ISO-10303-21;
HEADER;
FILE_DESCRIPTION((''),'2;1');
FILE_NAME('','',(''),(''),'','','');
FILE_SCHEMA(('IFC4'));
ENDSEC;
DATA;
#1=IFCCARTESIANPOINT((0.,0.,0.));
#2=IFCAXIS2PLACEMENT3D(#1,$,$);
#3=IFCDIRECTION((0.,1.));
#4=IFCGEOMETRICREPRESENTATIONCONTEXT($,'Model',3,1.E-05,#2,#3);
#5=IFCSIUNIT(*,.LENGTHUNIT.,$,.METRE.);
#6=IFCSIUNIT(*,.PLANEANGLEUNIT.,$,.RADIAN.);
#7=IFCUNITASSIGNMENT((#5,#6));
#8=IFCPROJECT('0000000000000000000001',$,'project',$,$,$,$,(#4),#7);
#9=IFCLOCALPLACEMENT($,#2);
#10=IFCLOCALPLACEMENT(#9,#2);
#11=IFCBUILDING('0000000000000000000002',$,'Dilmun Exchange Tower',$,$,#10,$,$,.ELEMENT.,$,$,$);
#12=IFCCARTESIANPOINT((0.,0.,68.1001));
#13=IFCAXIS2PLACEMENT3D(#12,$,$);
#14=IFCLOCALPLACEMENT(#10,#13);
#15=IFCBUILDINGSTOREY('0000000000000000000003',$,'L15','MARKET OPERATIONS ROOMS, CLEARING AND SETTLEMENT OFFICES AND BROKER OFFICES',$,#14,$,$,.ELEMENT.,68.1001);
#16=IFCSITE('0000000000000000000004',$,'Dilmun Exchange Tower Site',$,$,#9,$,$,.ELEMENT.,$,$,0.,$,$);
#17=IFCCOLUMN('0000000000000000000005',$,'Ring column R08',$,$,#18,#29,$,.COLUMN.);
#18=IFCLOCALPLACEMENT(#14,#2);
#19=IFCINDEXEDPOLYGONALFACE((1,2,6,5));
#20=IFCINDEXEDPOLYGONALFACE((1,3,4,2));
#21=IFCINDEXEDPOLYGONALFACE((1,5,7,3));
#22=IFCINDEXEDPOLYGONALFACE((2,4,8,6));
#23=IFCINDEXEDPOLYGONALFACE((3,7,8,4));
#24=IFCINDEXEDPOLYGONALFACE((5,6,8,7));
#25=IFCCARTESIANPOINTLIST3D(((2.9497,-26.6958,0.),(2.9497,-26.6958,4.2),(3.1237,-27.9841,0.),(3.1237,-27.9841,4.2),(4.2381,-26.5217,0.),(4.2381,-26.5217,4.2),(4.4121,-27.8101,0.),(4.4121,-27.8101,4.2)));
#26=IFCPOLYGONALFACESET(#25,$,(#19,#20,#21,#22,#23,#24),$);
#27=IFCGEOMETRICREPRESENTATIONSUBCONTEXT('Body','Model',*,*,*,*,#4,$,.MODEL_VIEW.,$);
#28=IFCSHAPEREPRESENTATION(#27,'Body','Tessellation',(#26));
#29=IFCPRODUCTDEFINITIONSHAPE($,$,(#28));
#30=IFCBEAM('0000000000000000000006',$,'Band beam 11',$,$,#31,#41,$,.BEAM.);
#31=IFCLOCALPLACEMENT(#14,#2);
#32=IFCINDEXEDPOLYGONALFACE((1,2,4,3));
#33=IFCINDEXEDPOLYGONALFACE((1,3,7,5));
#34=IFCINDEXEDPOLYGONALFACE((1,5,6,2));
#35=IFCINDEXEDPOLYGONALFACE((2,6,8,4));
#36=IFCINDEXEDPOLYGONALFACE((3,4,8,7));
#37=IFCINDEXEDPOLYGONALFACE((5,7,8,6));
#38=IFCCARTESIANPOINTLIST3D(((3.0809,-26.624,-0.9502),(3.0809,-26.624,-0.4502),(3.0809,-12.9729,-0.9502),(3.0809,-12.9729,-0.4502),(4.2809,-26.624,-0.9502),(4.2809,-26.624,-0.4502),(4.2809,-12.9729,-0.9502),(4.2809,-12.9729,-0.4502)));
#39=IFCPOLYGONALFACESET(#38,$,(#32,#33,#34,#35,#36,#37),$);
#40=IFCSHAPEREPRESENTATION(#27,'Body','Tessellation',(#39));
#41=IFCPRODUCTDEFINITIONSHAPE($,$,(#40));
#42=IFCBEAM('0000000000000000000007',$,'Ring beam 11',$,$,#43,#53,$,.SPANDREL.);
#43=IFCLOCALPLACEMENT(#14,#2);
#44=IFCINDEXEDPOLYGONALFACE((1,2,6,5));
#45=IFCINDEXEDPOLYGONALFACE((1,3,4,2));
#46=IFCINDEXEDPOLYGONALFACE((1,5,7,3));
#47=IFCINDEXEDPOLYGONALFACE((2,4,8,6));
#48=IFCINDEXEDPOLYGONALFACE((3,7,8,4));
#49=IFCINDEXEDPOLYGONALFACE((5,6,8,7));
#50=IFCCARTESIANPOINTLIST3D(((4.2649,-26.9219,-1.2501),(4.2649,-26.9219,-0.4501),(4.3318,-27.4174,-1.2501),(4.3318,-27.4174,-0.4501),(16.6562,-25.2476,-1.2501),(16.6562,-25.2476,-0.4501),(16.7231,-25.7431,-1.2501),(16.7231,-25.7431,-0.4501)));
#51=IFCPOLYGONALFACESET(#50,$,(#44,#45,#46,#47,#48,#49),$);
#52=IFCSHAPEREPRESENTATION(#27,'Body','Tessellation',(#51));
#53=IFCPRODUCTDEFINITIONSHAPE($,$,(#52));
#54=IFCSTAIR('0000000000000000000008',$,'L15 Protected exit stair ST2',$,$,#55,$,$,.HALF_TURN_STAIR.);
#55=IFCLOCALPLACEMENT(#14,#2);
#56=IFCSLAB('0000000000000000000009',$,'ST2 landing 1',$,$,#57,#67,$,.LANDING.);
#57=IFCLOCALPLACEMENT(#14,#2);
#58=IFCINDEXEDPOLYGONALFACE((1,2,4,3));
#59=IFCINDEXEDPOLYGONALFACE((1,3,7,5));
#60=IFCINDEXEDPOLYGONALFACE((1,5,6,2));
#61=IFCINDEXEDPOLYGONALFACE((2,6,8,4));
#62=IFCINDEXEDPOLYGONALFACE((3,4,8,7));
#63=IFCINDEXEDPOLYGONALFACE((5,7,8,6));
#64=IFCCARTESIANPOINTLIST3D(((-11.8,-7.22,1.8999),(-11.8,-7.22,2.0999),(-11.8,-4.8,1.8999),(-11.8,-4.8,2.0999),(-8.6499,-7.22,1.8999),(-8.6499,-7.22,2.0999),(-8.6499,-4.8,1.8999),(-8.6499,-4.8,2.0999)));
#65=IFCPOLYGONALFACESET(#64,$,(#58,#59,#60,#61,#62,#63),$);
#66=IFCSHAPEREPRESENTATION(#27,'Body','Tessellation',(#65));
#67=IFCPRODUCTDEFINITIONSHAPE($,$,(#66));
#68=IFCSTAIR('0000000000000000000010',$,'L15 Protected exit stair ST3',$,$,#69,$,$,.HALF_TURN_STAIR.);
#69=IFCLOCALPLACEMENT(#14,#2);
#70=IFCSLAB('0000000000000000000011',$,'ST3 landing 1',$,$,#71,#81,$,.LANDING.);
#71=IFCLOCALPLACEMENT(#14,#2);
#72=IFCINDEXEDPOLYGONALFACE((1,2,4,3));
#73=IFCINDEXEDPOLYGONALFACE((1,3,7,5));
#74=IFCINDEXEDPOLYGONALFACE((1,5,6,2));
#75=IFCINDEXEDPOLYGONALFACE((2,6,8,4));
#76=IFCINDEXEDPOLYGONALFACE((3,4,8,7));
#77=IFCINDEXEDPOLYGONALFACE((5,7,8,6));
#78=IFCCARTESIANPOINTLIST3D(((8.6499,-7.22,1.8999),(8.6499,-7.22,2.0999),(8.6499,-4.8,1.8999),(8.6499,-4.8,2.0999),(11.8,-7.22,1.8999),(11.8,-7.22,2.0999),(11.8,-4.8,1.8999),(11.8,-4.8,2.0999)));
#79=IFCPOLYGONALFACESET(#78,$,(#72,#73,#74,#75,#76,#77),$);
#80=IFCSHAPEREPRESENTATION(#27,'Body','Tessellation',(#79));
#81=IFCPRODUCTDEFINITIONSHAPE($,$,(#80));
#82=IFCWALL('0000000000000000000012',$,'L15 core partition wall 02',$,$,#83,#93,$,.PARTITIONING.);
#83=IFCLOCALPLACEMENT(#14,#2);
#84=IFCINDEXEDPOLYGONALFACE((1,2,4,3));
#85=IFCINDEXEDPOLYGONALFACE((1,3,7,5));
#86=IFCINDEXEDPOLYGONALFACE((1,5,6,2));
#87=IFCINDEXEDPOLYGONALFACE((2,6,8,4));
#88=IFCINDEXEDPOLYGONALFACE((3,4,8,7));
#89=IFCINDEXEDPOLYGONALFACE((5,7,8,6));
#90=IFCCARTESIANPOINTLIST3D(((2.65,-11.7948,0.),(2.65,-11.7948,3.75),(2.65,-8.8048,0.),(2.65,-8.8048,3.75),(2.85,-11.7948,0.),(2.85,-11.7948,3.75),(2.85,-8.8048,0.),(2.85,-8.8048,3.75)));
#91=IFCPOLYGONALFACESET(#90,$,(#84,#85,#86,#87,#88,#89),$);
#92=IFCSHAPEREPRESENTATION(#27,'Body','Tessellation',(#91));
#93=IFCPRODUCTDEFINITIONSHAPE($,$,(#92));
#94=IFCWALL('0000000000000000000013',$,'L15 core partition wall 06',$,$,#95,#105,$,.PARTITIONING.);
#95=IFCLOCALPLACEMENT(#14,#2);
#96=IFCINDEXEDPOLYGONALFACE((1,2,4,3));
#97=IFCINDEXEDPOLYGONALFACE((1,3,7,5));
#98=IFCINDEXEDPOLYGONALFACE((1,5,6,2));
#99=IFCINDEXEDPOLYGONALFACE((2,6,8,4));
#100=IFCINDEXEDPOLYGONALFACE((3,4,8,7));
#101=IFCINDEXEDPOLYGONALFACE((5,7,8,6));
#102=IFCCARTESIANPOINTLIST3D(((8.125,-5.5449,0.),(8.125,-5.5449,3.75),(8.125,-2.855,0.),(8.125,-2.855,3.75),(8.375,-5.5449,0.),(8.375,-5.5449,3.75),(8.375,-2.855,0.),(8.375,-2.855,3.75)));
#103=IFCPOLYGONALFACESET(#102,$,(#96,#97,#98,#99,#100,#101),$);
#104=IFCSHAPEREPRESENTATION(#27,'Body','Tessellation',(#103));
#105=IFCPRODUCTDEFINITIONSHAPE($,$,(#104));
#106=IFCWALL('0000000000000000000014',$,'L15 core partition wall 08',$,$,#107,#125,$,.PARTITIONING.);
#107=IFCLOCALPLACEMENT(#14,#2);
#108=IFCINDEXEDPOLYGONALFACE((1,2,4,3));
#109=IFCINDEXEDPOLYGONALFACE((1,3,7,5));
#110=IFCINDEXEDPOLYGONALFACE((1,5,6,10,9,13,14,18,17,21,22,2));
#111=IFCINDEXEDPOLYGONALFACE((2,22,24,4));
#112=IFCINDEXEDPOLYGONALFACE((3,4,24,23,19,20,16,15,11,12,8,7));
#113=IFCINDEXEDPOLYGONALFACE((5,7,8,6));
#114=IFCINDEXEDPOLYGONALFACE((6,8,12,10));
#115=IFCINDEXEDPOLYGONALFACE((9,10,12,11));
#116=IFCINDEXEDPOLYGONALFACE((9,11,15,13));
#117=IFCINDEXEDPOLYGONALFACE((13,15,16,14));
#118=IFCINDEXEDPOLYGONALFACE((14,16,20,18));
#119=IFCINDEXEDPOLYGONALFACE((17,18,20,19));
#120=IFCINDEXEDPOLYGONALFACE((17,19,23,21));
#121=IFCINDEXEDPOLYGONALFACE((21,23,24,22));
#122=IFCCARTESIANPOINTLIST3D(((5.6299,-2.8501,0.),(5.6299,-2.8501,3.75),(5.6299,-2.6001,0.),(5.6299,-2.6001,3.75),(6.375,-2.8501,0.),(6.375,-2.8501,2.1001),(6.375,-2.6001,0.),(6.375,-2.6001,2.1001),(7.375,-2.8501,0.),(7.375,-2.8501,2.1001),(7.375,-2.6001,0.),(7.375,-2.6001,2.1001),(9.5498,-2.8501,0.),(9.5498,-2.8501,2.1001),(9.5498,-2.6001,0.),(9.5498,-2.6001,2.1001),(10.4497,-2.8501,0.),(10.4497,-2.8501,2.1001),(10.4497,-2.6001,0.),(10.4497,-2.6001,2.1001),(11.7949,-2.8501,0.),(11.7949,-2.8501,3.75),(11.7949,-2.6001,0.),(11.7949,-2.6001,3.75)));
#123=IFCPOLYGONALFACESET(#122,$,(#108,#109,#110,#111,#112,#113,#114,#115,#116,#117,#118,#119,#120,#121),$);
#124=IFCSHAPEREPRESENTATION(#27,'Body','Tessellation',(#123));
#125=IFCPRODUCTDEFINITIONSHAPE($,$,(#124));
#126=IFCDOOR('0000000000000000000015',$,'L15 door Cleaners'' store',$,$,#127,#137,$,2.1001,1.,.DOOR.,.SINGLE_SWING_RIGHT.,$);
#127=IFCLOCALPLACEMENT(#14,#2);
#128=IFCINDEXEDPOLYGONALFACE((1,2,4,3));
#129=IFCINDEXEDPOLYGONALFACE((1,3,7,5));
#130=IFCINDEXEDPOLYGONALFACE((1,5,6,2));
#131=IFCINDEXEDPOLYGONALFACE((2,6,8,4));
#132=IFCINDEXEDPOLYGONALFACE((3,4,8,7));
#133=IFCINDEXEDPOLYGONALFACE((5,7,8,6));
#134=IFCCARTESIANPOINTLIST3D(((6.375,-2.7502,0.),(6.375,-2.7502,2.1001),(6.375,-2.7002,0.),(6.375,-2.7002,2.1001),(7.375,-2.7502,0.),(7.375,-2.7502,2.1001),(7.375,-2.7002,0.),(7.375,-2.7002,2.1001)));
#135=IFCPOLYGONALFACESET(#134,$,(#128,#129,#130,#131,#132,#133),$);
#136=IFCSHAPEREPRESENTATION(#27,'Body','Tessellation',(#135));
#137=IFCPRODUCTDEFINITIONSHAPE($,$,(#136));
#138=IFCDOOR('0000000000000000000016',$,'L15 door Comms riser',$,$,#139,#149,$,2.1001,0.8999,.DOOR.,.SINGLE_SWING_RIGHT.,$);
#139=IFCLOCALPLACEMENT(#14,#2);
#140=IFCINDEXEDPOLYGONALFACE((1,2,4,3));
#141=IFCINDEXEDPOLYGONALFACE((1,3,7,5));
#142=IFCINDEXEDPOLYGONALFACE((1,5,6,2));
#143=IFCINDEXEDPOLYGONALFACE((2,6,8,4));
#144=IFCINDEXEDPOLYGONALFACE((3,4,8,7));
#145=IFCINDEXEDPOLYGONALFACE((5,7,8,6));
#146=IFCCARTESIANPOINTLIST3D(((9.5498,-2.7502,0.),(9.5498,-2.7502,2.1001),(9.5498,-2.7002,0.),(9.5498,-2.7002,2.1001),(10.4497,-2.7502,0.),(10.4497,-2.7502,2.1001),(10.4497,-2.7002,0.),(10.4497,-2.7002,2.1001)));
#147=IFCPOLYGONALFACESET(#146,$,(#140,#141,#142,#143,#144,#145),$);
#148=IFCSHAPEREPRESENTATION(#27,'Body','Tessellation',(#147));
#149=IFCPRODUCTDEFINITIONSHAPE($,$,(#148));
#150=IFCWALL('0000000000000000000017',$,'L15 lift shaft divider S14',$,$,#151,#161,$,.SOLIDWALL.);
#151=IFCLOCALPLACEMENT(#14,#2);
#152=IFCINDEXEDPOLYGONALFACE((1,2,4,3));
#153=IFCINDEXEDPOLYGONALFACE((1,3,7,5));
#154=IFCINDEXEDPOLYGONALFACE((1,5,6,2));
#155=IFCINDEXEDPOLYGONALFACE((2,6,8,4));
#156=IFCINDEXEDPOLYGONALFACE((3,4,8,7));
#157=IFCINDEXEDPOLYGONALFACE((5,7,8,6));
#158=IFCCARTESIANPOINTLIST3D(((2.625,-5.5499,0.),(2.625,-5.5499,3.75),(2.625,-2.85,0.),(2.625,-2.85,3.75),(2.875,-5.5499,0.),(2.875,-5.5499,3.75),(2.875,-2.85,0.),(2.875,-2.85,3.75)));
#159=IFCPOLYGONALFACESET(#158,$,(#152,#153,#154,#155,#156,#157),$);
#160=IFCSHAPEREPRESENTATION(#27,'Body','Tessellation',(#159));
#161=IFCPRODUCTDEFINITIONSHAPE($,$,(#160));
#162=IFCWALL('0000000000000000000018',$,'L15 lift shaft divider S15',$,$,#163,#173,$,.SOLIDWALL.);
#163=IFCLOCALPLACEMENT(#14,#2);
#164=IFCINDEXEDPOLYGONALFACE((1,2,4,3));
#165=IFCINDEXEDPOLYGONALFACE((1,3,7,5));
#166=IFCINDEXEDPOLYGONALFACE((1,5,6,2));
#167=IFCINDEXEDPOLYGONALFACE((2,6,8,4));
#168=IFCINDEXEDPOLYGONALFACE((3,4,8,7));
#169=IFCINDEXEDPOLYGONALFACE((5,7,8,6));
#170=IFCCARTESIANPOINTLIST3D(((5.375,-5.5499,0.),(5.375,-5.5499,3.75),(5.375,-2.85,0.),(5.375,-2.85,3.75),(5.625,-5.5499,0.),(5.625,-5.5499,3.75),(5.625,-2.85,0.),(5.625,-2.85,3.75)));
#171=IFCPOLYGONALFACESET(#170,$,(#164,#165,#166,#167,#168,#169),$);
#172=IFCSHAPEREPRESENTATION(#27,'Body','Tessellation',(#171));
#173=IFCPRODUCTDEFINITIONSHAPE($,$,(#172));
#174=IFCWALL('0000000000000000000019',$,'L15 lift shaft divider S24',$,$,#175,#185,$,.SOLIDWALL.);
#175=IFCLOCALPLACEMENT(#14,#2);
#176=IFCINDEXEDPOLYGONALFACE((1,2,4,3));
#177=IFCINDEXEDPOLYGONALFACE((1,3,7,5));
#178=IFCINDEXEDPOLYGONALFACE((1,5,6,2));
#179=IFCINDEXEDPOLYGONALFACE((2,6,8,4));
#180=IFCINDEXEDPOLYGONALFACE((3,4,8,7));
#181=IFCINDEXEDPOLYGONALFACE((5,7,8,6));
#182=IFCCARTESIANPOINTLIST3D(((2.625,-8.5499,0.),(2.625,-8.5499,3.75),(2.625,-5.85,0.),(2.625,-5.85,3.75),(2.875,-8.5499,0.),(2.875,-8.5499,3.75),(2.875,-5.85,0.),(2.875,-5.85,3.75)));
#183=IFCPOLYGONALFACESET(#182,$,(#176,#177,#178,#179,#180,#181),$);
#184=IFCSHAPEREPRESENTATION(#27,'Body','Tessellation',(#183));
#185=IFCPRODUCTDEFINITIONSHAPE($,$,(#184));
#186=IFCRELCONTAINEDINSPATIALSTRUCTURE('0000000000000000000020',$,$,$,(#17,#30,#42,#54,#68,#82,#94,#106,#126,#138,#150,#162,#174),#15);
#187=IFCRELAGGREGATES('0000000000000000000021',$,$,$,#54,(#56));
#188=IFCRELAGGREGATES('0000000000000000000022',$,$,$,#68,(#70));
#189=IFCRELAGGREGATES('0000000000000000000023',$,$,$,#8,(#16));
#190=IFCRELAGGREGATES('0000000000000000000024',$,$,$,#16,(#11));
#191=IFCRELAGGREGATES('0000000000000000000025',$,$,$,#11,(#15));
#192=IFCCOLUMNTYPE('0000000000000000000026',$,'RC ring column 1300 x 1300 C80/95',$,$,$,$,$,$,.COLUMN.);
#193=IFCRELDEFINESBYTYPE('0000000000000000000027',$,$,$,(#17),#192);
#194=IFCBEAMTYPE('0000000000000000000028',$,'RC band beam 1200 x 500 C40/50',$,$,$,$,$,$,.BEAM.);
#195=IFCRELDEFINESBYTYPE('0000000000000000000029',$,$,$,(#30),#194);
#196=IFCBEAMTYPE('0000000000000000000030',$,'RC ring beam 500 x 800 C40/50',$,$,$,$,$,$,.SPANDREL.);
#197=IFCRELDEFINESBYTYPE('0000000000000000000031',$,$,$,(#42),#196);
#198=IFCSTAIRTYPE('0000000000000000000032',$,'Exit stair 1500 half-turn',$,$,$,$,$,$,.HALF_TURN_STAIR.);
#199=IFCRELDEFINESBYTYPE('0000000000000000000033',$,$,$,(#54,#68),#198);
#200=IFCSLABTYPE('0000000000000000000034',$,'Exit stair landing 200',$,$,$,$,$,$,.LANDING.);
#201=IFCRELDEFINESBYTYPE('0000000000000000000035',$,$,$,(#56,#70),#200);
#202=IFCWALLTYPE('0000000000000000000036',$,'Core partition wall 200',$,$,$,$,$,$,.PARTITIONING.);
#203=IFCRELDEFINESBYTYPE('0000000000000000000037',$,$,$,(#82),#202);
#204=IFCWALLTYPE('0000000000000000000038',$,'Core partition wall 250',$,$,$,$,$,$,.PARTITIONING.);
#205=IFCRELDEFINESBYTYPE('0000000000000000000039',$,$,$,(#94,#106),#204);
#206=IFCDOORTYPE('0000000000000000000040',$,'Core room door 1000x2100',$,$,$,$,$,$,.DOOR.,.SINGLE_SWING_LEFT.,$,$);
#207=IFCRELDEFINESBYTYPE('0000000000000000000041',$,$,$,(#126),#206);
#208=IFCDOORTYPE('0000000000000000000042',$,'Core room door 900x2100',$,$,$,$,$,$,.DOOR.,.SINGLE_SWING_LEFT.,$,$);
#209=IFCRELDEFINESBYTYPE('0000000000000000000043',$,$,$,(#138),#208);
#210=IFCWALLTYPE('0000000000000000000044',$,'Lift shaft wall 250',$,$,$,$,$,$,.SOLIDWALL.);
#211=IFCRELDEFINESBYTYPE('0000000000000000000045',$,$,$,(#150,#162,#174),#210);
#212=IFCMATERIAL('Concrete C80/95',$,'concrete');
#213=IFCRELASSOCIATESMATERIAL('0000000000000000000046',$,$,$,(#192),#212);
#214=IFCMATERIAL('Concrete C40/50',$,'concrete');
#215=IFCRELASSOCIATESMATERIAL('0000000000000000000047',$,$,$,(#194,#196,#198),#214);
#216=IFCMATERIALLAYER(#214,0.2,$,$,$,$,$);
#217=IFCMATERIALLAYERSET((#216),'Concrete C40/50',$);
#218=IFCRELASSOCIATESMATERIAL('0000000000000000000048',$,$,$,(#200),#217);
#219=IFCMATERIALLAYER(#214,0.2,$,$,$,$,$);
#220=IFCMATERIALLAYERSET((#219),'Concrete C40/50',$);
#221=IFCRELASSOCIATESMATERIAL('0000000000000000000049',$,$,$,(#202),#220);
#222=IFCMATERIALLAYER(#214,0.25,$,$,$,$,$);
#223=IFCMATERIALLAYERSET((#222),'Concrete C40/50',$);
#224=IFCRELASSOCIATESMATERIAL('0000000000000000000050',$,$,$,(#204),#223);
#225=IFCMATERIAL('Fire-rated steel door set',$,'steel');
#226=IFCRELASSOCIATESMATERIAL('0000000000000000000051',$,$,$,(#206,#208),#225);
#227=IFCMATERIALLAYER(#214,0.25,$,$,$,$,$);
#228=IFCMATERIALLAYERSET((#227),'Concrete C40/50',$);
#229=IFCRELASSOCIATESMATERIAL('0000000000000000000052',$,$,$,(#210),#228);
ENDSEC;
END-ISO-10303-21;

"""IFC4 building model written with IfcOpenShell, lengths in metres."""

from ifc_helpers import new_model, si_unit, direction, frame, frame_2d, origin, origin_2d, place, context, subcontext, project, spatial, polyline, rectangle, outline, extrude, material, layer, layer_set, material_profile, profile_set, type_object, element, fill, aggregate, save


model = new_model("IFC4")

# Units and contexts
model_context = context("Model", 3, precision=1e-05, world=origin(), true_north=direction((0.0, 1.0)))
body_context = subcontext(model_context, "Body", "Model", "MODEL_VIEW")
ifc_project = project(units=[si_unit("LENGTHUNIT", "METRE"), si_unit("PLANEANGLEUNIT", "RADIAN")], contexts=[model_context])

# Site, building, storey
site_placement = place(None, origin())
site = spatial("IfcSite", under=ifc_project, at=site_placement, Name="Dilmun Exchange Tower Site", CompositionType="ELEMENT", RefElevation=0.0)
building_placement = place(site_placement, origin())
building = spatial("IfcBuilding", under=site, at=building_placement, Name="Dilmun Exchange Tower", CompositionType="ELEMENT")
storey_placement = place(building_placement, frame((0.0, 0.0, 68.1001)))
storey = spatial("IfcBuildingStorey", under=building, at=storey_placement, Name="L15", Description="MARKET OPERATIONS ROOMS, CLEARING AND SETTLEMENT OFFICES AND BROKER OFFICES", CompositionType="ELEMENT", Elevation=68.1001)

# Column
ifc_material_1 = material(Name="Concrete C80/95", Category="concrete")
ifc_material_profile_1 = material_profile(ifc_material_1, rectangle(XDim=1.3, YDim=1.3, at=origin_2d()), Name="1300 x 1300")
ifc_profile_set_1 = profile_set([ifc_material_profile_1], Name="Concrete C80/95")
column_type = type_object("IfcColumnType", Name="RC ring column 1300 x 1300 C80/95", PredefinedType="COLUMN", material=ifc_profile_set_1)
column_placement = place(storey_placement, frame((3.6809, -27.2529, 0.0), z_axis=(0.0, 0.0, 1.0), x_axis=(0.991001, 0.133853, 0.0)))
element("IfcColumn", 1, at=column_placement, inside=storey, type_object=column_type, Name="Ring column R08", PredefinedType="COLUMN", context=body_context, shape_type="SweptSolid", body=[
    extrude(rectangle(XDim=1.3, YDim=1.3, at=origin_2d()), origin(), (0.0, 0.0, 1.0), 4.2),
])

# Beams
ifc_material_2 = material(Name="Concrete C40/50", Category="concrete")
ifc_material_profile_2 = material_profile(ifc_material_2, rectangle(XDim=1.2, YDim=0.5, at=origin_2d()), Name="1200 x 500")
ifc_profile_set_2 = profile_set([ifc_material_profile_2], Name="Concrete C40/50")
beam_type_1 = type_object("IfcBeamType", Name="RC band beam 1200 x 500 C40/50", PredefinedType="BEAM", material=ifc_profile_set_2)
beam_1_placement = place(storey_placement, frame((3.6809, -26.624, -0.7002), z_axis=(0.0, 1.0, 0.0), x_axis=(-1.0, 0.0, 0.0)))
element("IfcBeam", 2, at=beam_1_placement, inside=storey, type_object=beam_type_1, Name="Band beam 11", PredefinedType="BEAM", context=body_context, shape_type="SweptSolid", body=[
    extrude(rectangle(XDim=1.2, YDim=0.5, at=origin_2d()), origin(), (0.0, 0.0, 1.0), 13.6511),
])
ifc_material_profile_3 = material_profile(ifc_material_2, rectangle(XDim=0.5, YDim=0.8, at=origin_2d()), Name="500 x 800")
ifc_profile_set_3 = profile_set([ifc_material_profile_3], Name="Concrete C40/50")
beam_type_2 = type_object("IfcBeamType", Name="RC ring beam 500 x 800 C40/50", PredefinedType="SPANDREL", material=ifc_profile_set_3)
beam_2_placement = place(storey_placement, frame((4.2983, -27.1697, -0.8501), z_axis=(0.990994, 0.133903, 0.0), x_axis=(-0.133903, 0.990994, 0.0)))
element("IfcBeam", 3, at=beam_2_placement, inside=storey, type_object=beam_type_2, Name="Ring beam 11", PredefinedType="SPANDREL", context=body_context, shape_type="SweptSolid", body=[
    extrude(rectangle(XDim=0.5, YDim=0.8, at=origin_2d()), origin(), (0.0, 0.0, 1.0), 12.5039),
])

# Stairs, slabs
stair_type = type_object("IfcStairType", Name="Exit stair 1500 half-turn", PredefinedType="HALF_TURN_STAIR", material=ifc_material_2)
stair_1_placement = place(storey_placement, origin())
stair_1 = element("IfcStair", 4, at=stair_1_placement, inside=storey, type_object=stair_type, Name="L15 Protected exit stair ST2", PredefinedType="HALF_TURN_STAIR")
ifc_layer_1 = layer(ifc_material_2, 0.2)
ifc_layer_set_1 = layer_set([ifc_layer_1], Name="Concrete C40/50")
slab_type = type_object("IfcSlabType", Name="Exit stair landing 200", PredefinedType="LANDING", material=ifc_layer_set_1)
slab_1_placement = place(storey_placement, frame((0.0, 0.0, 1.8999)))
slab_1 = element("IfcSlab", 5, at=slab_1_placement, type_object=slab_type, Name="ST2 landing 1", PredefinedType="LANDING", context=body_context, shape_type="SweptSolid", body=[
    extrude(outline(polyline([(-8.6499, -7.22), (-8.6499, -4.8), (-11.8, -4.8), (-11.8, -7.22), (-8.6499, -7.22)])), origin(), (0.0, 0.0, 1.0), 0.2),
])
aggregate(stair_1, [slab_1])
stair_2_placement = place(storey_placement, origin())
stair_2 = element("IfcStair", 6, at=stair_2_placement, inside=storey, type_object=stair_type, Name="L15 Protected exit stair ST3", PredefinedType="HALF_TURN_STAIR")
slab_2_placement = place(storey_placement, frame((0.0, 0.0, 1.8999)))
slab_2 = element("IfcSlab", 7, at=slab_2_placement, type_object=slab_type, Name="ST3 landing 1", PredefinedType="LANDING", context=body_context, shape_type="SweptSolid", body=[
    extrude(outline(polyline([(11.8, -7.22), (11.8, -4.8), (8.6499, -4.8), (8.6499, -7.22), (11.8, -7.22)])), origin(), (0.0, 0.0, 1.0), 0.2),
])
aggregate(stair_2, [slab_2])

# Wall
ifc_layer_2 = layer(ifc_material_2, 0.2)
ifc_layer_set_2 = layer_set([ifc_layer_2], Name="Concrete C40/50")
wall_type_1 = type_object("IfcWallType", Name="Core partition wall 200", PredefinedType="PARTITIONING", material=ifc_layer_set_2)
wall_1_placement = place(storey_placement, frame((2.75, -11.7949, 0.0), z_axis=(0.0, 0.0, 1.0), x_axis=(0.0, 1.0, 0.0)))
element("IfcWall", 8, at=wall_1_placement, inside=storey, type_object=wall_type_1, Name="L15 core partition wall 02", PredefinedType="PARTITIONING", context=body_context, shape_type="SweptSolid", body=[
    extrude(rectangle(XDim=2.99, YDim=0.2, at=frame_2d((1.4951, 0.0))), origin(), (0.0, 0.0, 1.0), 3.75),
])

# Shared definitions
ifc_material_3 = material(Name="Fire-rated steel door set", Category="steel")

# Wall
ifc_layer_3 = layer(ifc_material_2, 0.25)
ifc_layer_set_3 = layer_set([ifc_layer_3], Name="Concrete C40/50")
wall_type_2 = type_object("IfcWallType", Name="Core partition wall 250", PredefinedType="PARTITIONING", material=ifc_layer_set_3)
wall_2_placement = place(storey_placement, frame((8.25, -5.5449, 0.0), z_axis=(0.0, 0.0, 1.0), x_axis=(0.0, 1.0, 0.0)))
element("IfcWall", 9, at=wall_2_placement, inside=storey, type_object=wall_type_2, Name="L15 core partition wall 06", PredefinedType="PARTITIONING", context=body_context, shape_type="SweptSolid", body=[
    extrude(rectangle(XDim=2.6899, YDim=0.25, at=frame_2d((1.345, 0.0))), origin(), (0.0, 0.0, 1.0), 3.75),
])

# Wall, openings, doors
wall_3_placement = place(storey_placement, frame((5.6299, -2.7251, 0.0), z_axis=(0.0, 0.0, 1.0), x_axis=(1.0, 0.0, 0.0)))
wall_3 = element("IfcWall", 10, at=wall_3_placement, inside=storey, type_object=wall_type_2, Name="L15 core partition wall 08", PredefinedType="PARTITIONING", context=body_context, shape_type="SweptSolid", body=[
    extrude(rectangle(XDim=6.165, YDim=0.25, at=frame_2d((3.0825, 0.0))), origin(), (0.0, 0.0, 1.0), 3.75),
])
opening_1_placement = place(wall_3_placement, frame((0.7451, 0.0, 0.0)))
opening_1 = element("IfcOpeningElement", 11, at=opening_1_placement, cuts=wall_3, PredefinedType="OPENING", context=body_context, shape_type="SweptSolid", body=[
    extrude(rectangle(XDim=1.0, YDim=2.1001, at=frame_2d((0.5, 1.05))), frame((0.0, 0.135, 0.0), z_axis=(0.0, -1.0, 0.0), x_axis=(1.0, 0.0, 0.0)), (0.0, 0.0, 1.0), 0.27),
])
opening_2_placement = place(wall_3_placement, frame((3.9199, 0.0, 0.0)))
opening_2 = element("IfcOpeningElement", 12, at=opening_2_placement, cuts=wall_3, PredefinedType="OPENING", context=body_context, shape_type="SweptSolid", body=[
    extrude(rectangle(XDim=0.8999, YDim=2.1001, at=frame_2d((0.45, 1.05))), frame((0.0, 0.135, 0.0), z_axis=(0.0, -1.0, 0.0), x_axis=(1.0, 0.0, 0.0)), (0.0, 0.0, 1.0), 0.27),
])
door_type_1 = type_object("IfcDoorType", Name="Core room door 1000x2100", OperationType="SINGLE_SWING_LEFT", PredefinedType="DOOR", material=ifc_material_3)
door_1_placement = place(opening_1_placement, origin())
door_1 = element("IfcDoor", 13, at=door_1_placement, inside=storey, type_object=door_type_1, Name="L15 door Cleaners' store", OperationType="SINGLE_SWING_RIGHT", OverallHeight=2.1001, OverallWidth=1.0, PredefinedType="DOOR", context=body_context, shape_type="SweptSolid", body=[
    extrude(rectangle(XDim=1.0, YDim=2.1001, at=frame_2d((0.5, 1.05))), frame((0.0, 0.0249, 0.0), z_axis=(0.0, -1.0, 0.0), x_axis=(1.0, 0.0, 0.0)), (0.0, 0.0, 1.0), 0.05),
])
fill(opening_1, door_1)
door_type_2 = type_object("IfcDoorType", Name="Core room door 900x2100", OperationType="SINGLE_SWING_LEFT", PredefinedType="DOOR", material=ifc_material_3)
door_2_placement = place(opening_2_placement, origin())
door_2 = element("IfcDoor", 14, at=door_2_placement, inside=storey, type_object=door_type_2, Name="L15 door Comms riser", OperationType="SINGLE_SWING_RIGHT", OverallHeight=2.1001, OverallWidth=0.8999, PredefinedType="DOOR", context=body_context, shape_type="SweptSolid", body=[
    extrude(rectangle(XDim=0.8999, YDim=2.1001, at=frame_2d((0.45, 1.05))), frame((0.0, 0.0249, 0.0), z_axis=(0.0, -1.0, 0.0), x_axis=(1.0, 0.0, 0.0)), (0.0, 0.0, 1.0), 0.05),
])
fill(opening_2, door_2)

# Walls
ifc_layer_4 = layer(ifc_material_2, 0.25)
ifc_layer_set_4 = layer_set([ifc_layer_4], Name="Concrete C40/50")
wall_type_3 = type_object("IfcWallType", Name="Lift shaft wall 250", PredefinedType="SOLIDWALL", material=ifc_layer_set_4)
for number, where, z_axis, x_axis, name in (
    (15, (2.75, -5.55, 0.0), (0.0, 0.0, 1.0), (0.0, 1.0, 0.0), "L15 lift shaft divider S14"),
    (16, (5.5, -5.55, 0.0), (0.0, 0.0, 1.0), (0.0, 1.0, 0.0), "L15 lift shaft divider S15"),
    (17, (2.75, -8.55, 0.0), (0.0, 0.0, 1.0), (0.0, 1.0, 0.0), "L15 lift shaft divider S24"),
):
    element("IfcWall", number, at=place(storey_placement, frame(where, z_axis=z_axis, x_axis=x_axis)), inside=storey, type_object=wall_type_3, Name=name, PredefinedType="SOLIDWALL", context=body_context, shape_type="SweptSolid", body=[
        extrude(rectangle(XDim=2.7, YDim=0.25, at=frame_2d((1.3501, 0.0))), origin(), (0.0, 0.0, 1.0), 3.75),
    ])

save(model, "model.ifc")
